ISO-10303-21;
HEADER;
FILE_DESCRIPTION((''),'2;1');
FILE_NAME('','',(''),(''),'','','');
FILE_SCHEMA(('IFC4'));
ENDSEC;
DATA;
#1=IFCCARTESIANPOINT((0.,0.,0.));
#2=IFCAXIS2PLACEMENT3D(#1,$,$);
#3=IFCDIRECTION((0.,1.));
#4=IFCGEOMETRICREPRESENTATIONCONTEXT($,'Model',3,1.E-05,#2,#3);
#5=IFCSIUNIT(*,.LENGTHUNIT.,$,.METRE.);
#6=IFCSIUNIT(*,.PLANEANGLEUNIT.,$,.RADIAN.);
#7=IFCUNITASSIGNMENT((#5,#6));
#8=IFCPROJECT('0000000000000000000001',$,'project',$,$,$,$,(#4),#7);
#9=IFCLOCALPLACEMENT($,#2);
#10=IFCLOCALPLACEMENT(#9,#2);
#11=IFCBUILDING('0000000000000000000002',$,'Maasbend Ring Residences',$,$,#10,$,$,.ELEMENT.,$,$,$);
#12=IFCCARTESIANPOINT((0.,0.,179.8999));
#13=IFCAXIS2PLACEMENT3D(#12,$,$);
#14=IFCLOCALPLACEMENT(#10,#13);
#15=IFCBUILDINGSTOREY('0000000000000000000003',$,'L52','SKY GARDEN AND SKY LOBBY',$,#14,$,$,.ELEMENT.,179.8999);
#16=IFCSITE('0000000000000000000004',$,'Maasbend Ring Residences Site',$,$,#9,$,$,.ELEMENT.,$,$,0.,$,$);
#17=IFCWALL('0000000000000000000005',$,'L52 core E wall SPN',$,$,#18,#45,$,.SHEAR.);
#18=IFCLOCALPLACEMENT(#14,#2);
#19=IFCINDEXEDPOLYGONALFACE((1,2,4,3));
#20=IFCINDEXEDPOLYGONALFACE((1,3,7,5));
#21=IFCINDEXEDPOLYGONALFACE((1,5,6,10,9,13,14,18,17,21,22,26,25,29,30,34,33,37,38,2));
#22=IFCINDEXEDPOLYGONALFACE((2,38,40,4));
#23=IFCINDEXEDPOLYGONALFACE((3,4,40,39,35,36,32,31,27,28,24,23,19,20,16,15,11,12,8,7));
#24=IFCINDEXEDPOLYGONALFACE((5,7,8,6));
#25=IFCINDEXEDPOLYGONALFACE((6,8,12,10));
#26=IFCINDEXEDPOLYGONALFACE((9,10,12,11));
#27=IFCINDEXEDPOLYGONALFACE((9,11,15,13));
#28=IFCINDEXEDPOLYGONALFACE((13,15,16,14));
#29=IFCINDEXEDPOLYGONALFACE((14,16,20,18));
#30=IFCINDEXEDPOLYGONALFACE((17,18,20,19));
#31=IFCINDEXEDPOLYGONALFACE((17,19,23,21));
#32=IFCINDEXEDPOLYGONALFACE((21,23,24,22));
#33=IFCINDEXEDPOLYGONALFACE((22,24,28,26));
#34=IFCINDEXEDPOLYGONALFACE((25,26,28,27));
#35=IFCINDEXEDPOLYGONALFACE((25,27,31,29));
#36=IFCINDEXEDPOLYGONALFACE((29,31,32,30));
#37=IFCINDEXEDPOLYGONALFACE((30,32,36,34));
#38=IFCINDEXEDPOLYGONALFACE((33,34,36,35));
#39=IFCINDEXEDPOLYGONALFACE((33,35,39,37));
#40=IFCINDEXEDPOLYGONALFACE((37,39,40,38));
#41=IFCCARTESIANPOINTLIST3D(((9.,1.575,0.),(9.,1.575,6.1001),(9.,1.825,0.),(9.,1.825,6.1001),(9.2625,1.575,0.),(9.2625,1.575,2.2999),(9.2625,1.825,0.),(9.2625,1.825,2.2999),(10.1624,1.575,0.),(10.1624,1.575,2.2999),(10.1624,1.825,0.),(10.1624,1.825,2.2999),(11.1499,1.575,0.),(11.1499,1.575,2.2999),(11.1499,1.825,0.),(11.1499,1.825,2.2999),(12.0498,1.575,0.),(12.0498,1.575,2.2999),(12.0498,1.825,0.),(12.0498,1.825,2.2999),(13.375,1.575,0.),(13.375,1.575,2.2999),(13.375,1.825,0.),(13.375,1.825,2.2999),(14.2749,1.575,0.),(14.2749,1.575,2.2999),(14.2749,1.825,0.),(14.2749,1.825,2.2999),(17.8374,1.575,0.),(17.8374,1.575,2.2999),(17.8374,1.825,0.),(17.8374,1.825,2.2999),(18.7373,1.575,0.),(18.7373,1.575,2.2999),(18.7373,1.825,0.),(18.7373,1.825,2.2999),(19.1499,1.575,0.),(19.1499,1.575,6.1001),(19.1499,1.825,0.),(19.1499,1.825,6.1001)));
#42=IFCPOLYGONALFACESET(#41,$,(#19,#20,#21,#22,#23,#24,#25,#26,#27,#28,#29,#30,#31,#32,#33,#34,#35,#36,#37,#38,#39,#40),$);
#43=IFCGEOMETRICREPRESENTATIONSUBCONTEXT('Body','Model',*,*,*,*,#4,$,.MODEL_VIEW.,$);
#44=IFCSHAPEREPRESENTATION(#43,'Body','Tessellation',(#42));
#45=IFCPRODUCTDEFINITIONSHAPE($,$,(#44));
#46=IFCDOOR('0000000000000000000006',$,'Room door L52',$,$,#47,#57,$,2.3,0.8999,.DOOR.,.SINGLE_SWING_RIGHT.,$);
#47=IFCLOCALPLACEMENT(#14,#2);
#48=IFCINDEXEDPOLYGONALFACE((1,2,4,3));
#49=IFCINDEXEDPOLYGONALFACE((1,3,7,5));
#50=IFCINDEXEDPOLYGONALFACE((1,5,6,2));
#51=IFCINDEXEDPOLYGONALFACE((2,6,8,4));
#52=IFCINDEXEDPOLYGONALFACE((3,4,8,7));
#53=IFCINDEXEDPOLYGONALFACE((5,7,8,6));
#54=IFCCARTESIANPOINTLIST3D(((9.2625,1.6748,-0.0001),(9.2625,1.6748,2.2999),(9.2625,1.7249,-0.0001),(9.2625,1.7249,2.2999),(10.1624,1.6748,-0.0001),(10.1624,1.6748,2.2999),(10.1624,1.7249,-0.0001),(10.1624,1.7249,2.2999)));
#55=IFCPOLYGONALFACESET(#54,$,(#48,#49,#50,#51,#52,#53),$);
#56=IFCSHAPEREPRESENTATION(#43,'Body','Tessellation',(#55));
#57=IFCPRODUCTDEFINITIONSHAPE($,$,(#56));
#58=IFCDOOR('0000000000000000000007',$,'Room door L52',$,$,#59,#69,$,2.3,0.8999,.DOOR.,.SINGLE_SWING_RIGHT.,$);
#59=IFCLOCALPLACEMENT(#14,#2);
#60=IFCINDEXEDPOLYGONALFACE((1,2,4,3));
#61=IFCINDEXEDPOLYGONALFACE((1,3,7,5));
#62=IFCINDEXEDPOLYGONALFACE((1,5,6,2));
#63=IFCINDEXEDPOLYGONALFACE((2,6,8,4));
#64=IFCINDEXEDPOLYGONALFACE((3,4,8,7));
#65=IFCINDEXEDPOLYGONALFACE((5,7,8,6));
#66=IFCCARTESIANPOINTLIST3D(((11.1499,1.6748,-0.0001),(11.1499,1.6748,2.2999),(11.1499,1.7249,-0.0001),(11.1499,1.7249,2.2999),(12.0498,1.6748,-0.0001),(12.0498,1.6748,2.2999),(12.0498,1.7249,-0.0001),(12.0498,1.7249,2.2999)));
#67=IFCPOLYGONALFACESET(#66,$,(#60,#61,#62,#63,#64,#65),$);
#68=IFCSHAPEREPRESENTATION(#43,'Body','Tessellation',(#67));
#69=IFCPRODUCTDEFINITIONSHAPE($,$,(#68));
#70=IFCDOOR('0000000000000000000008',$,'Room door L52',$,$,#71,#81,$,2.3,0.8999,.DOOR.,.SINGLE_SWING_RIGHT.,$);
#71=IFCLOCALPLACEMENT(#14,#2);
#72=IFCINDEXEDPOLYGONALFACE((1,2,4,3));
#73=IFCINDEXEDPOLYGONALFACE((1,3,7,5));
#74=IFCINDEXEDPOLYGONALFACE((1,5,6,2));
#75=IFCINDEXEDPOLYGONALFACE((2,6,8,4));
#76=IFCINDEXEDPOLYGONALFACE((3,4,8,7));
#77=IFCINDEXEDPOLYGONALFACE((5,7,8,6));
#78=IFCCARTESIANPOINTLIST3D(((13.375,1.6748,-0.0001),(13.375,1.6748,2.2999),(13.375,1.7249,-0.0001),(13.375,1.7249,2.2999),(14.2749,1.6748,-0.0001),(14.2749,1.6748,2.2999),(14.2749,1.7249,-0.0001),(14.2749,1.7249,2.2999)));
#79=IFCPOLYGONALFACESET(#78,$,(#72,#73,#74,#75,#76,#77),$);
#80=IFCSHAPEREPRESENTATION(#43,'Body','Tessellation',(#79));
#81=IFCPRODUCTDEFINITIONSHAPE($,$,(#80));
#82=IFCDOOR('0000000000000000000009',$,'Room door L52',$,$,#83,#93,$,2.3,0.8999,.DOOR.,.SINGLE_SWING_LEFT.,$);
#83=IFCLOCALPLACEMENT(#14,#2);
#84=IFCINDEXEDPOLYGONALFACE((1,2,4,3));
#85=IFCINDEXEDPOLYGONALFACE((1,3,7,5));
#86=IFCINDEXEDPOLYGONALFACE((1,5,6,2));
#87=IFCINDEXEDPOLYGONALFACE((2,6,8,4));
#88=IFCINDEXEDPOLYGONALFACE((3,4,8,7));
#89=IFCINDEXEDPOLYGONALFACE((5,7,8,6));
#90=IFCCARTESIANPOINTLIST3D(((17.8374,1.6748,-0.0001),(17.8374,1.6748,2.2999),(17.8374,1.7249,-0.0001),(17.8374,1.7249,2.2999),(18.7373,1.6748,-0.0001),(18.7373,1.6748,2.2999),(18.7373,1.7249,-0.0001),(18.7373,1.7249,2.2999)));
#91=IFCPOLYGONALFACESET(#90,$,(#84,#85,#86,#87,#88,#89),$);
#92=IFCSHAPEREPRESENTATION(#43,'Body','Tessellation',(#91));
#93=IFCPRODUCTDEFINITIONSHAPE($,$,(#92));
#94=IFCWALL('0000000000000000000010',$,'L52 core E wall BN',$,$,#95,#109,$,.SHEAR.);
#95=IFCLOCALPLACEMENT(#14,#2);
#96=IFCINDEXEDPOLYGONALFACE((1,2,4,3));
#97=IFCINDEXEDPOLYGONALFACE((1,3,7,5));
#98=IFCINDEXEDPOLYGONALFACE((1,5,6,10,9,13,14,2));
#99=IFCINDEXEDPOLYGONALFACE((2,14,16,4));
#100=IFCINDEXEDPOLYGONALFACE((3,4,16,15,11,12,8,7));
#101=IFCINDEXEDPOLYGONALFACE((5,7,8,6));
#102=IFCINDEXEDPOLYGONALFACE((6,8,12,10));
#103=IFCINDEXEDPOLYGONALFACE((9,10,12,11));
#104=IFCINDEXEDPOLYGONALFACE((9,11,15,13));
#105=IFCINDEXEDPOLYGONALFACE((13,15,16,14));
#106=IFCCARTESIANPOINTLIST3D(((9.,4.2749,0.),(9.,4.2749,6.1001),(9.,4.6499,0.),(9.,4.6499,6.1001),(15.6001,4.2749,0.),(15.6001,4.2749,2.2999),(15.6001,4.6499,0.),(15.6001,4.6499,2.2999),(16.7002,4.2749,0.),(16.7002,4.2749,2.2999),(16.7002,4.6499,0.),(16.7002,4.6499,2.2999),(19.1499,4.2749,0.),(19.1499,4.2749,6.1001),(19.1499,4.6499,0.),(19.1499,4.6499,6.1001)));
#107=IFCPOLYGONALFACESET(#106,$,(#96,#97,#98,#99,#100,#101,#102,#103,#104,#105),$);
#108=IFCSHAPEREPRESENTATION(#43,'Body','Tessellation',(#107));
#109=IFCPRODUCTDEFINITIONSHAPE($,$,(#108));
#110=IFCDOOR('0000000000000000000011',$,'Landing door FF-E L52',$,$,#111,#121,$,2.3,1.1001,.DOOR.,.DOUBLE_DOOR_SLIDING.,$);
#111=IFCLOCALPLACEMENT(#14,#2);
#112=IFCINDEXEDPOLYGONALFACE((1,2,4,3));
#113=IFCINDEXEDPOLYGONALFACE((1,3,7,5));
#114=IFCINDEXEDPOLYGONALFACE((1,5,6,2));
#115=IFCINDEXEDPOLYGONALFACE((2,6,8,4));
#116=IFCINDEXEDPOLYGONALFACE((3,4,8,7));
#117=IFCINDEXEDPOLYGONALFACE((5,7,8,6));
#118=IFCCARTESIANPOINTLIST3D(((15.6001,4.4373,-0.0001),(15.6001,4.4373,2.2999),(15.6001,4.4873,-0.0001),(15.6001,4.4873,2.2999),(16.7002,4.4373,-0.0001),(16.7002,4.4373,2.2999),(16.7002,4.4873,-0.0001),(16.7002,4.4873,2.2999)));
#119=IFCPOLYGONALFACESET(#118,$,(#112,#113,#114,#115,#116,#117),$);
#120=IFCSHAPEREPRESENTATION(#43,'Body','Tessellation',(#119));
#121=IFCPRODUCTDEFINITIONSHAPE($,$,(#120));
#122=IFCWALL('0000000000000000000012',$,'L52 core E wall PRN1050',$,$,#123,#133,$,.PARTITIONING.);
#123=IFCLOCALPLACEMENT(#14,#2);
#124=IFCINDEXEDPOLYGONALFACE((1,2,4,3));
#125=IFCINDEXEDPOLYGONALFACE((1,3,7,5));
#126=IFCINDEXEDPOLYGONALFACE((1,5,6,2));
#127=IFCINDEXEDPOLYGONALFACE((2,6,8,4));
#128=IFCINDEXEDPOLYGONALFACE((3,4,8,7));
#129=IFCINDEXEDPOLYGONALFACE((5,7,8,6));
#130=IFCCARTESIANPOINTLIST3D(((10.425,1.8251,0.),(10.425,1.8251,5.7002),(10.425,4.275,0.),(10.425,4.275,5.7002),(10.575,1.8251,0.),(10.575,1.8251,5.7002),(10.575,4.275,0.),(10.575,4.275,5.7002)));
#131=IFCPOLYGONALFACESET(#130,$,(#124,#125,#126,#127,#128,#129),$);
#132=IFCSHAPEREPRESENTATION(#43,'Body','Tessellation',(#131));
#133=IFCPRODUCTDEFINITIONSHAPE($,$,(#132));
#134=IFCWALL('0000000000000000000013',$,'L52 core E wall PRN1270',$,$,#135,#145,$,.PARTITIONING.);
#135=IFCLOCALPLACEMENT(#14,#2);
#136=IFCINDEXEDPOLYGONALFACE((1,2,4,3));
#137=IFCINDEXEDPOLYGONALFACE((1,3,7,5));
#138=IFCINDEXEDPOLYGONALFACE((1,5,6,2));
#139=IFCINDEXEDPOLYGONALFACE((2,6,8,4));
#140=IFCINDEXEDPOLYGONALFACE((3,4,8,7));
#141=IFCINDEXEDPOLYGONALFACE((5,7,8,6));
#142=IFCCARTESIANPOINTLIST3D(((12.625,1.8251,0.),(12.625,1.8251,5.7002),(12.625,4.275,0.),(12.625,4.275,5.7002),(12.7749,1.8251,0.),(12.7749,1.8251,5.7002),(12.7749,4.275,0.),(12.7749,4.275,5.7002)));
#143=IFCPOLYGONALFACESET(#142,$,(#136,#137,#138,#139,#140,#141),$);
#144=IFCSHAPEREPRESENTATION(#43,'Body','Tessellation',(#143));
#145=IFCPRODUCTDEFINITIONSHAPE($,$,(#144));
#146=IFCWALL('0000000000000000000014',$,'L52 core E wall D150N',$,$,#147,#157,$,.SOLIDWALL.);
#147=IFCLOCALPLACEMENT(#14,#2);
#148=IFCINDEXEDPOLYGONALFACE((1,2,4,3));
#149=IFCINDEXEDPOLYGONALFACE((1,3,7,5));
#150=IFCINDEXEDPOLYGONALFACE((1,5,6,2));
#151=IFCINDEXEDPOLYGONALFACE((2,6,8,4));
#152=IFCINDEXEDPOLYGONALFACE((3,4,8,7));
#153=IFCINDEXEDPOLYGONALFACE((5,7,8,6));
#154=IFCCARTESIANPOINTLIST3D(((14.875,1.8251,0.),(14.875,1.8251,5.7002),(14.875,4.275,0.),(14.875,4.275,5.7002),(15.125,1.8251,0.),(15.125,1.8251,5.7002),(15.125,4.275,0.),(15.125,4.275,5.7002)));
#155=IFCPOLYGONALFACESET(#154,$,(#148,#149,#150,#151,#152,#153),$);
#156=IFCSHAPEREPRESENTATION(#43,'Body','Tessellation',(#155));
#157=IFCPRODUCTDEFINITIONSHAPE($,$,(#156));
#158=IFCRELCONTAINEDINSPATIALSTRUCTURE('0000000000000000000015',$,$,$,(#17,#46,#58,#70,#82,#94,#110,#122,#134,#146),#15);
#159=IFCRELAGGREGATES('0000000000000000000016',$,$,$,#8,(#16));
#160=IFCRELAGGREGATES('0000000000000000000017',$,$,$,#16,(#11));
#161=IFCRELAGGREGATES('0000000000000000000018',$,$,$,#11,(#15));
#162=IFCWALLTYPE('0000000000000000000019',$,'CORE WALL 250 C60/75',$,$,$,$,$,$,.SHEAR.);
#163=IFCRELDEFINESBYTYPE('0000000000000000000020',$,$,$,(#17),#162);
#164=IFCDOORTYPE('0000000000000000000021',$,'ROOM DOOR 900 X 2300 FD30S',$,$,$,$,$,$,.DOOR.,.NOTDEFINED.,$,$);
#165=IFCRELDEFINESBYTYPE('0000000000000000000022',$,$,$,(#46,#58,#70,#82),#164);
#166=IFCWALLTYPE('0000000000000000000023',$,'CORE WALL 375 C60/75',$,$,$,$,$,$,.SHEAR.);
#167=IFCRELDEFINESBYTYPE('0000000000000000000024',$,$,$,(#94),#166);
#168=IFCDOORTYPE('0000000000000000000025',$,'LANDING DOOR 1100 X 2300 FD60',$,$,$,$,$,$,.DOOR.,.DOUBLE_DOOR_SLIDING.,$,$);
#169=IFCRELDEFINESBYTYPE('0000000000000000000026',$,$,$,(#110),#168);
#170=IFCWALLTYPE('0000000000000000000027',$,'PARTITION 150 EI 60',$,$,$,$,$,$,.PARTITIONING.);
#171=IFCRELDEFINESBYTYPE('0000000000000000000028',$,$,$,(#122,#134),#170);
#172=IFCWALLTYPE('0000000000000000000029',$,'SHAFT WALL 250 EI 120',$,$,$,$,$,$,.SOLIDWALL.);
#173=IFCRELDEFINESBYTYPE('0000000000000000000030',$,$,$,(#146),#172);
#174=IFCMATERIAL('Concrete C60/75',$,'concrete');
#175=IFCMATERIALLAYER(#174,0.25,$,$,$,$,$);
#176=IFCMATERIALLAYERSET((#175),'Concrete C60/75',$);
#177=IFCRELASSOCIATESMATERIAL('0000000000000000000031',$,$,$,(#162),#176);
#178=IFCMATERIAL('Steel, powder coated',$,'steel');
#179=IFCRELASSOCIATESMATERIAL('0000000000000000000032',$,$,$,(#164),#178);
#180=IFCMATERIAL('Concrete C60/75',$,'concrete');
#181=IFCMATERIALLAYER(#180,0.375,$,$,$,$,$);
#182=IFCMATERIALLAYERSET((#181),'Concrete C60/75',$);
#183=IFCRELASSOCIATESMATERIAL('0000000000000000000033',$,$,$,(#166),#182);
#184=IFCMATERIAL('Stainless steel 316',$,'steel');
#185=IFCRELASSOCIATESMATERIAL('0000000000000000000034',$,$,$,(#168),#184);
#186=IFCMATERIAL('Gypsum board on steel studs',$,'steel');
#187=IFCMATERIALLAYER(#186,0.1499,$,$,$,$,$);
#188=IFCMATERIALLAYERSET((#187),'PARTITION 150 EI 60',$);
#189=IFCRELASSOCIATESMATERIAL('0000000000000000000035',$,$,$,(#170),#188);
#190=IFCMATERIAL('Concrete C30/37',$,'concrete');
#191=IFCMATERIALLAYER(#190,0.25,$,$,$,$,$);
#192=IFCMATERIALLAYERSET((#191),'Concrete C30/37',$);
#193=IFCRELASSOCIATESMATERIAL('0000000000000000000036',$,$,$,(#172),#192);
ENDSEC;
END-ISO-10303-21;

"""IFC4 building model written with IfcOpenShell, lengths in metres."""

from ifc_helpers import new_model, si_unit, direction, frame, frame_2d, origin, place, context, subcontext, project, spatial, rectangle, extrude, material, layer, layer_set, type_object, element, fill, save


model = new_model("IFC4")

# Units and contexts
model_context = context("Model", 3, precision=1e-05, world=origin(), true_north=direction((0.0, 1.0)))
body_context = subcontext(model_context, "Body", "Model", "MODEL_VIEW")
ifc_project = project(units=[si_unit("LENGTHUNIT", "METRE"), si_unit("PLANEANGLEUNIT", "RADIAN")], contexts=[model_context])

# Site, building, storey
site_placement = place(None, origin())
site = spatial("IfcSite", under=ifc_project, at=site_placement, Name="Maasbend Ring Residences Site", CompositionType="ELEMENT", RefElevation=0.0)
building_placement = place(site_placement, origin())
building = spatial("IfcBuilding", under=site, at=building_placement, Name="Maasbend Ring Residences", CompositionType="ELEMENT")
storey_placement = place(building_placement, frame((0.0, 0.0, 179.8999)))
storey = spatial("IfcBuildingStorey", under=building, at=storey_placement, Name="L52", Description="SKY GARDEN AND SKY LOBBY", CompositionType="ELEMENT", Elevation=179.8999)

# Wall, openings, doors
ifc_material_1 = material(Name="Concrete C60/75", Category="concrete")
ifc_layer_1 = layer(ifc_material_1, 0.25)
ifc_layer_set_1 = layer_set([ifc_layer_1], Name="Concrete C60/75")
wall_type_1 = type_object("IfcWallType", Name="CORE WALL 250 C60/75", PredefinedType="SHEAR", material=ifc_layer_set_1)
wall_1_placement = place(storey_placement, frame((9.0, 1.7, 0.0), z_axis=(0.0, 0.0, 1.0), x_axis=(1.0, 0.0, 0.0)))
wall_1 = element("IfcWall", 1, at=wall_1_placement, inside=storey, type_object=wall_type_1, Name="L52 core E wall SPN", PredefinedType="SHEAR", context=body_context, shape_type="SweptSolid", body=[
    extrude(rectangle(XDim=10.1499, YDim=0.25, at=frame_2d((5.075, 0.0))), origin(), (0.0, 0.0, 1.0), 6.1001),
])
opening_1_placement = place(wall_1_placement, frame((0.2625, 0.0, 0.0)))
opening_1 = element("IfcOpeningElement", 2, at=opening_1_placement, cuts=wall_1, PredefinedType="OPENING", context=body_context, shape_type="SweptSolid", body=[
    extrude(rectangle(XDim=0.8999, YDim=2.3, at=frame_2d((0.45, 1.1499))), frame((0.0, 0.135, 0.0), z_axis=(0.0, -1.0, 0.0), x_axis=(1.0, 0.0, 0.0)), (0.0, 0.0, 1.0), 0.27),
])
opening_2_placement = place(wall_1_placement, frame((2.1499, 0.0, 0.0)))
opening_2 = element("IfcOpeningElement", 3, at=opening_2_placement, cuts=wall_1, PredefinedType="OPENING", context=body_context, shape_type="SweptSolid", body=[
    extrude(rectangle(XDim=0.8999, YDim=2.3, at=frame_2d((0.45, 1.1499))), frame((0.0, 0.135, 0.0), z_axis=(0.0, -1.0, 0.0), x_axis=(1.0, 0.0, 0.0)), (0.0, 0.0, 1.0), 0.27),
])
opening_3_placement = place(wall_1_placement, frame((4.375, 0.0, 0.0)))
opening_3 = element("IfcOpeningElement", 4, at=opening_3_placement, cuts=wall_1, PredefinedType="OPENING", context=body_context, shape_type="SweptSolid", body=[
    extrude(rectangle(XDim=0.8999, YDim=2.3, at=frame_2d((0.45, 1.1499))), frame((0.0, 0.135, 0.0), z_axis=(0.0, -1.0, 0.0), x_axis=(1.0, 0.0, 0.0)), (0.0, 0.0, 1.0), 0.27),
])
opening_4_placement = place(wall_1_placement, frame((8.8374, 0.0, 0.0)))
opening_4 = element("IfcOpeningElement", 5, at=opening_4_placement, cuts=wall_1, PredefinedType="OPENING", context=body_context, shape_type="SweptSolid", body=[
    extrude(rectangle(XDim=0.8999, YDim=2.3, at=frame_2d((0.45, 1.1499))), frame((0.0, 0.135, 0.0), z_axis=(0.0, -1.0, 0.0), x_axis=(1.0, 0.0, 0.0)), (0.0, 0.0, 1.0), 0.27),
])
ifc_material_2 = material(Name="Steel, powder coated", Category="steel")
door_type_1 = type_object("IfcDoorType", Name="ROOM DOOR 900 X 2300 FD30S", OperationType="NOTDEFINED", PredefinedType="DOOR", material=ifc_material_2)
door_1_placement = place(opening_1_placement, origin())
door_1 = element("IfcDoor", 6, at=door_1_placement, inside=storey, type_object=door_type_1, Name="Room door L52", OperationType="SINGLE_SWING_RIGHT", OverallHeight=2.3, OverallWidth=0.8999, PredefinedType="DOOR", context=body_context, shape_type="SweptSolid", body=[
    extrude(rectangle(XDim=0.8999, YDim=2.3, at=frame_2d((0.45, 1.1499))), frame((0.0, 0.0249, 0.0), z_axis=(0.0, -1.0, 0.0), x_axis=(1.0, 0.0, 0.0)), (0.0, 0.0, 1.0), 0.05),
])
fill(opening_1, door_1)
door_2_placement = place(opening_2_placement, origin())
door_2 = element("IfcDoor", 7, at=door_2_placement, inside=storey, type_object=door_type_1, Name="Room door L52", OperationType="SINGLE_SWING_RIGHT", OverallHeight=2.3, OverallWidth=0.8999, PredefinedType="DOOR", context=body_context, shape_type="SweptSolid", body=[
    extrude(rectangle(XDim=0.8999, YDim=2.3, at=frame_2d((0.45, 1.1499))), frame((0.0, 0.0249, 0.0), z_axis=(0.0, -1.0, 0.0), x_axis=(1.0, 0.0, 0.0)), (0.0, 0.0, 1.0), 0.05),
])
fill(opening_2, door_2)
door_3_placement = place(opening_3_placement, origin())
door_3 = element("IfcDoor", 8, at=door_3_placement, inside=storey, type_object=door_type_1, Name="Room door L52", OperationType="SINGLE_SWING_RIGHT", OverallHeight=2.3, OverallWidth=0.8999, PredefinedType="DOOR", context=body_context, shape_type="SweptSolid", body=[
    extrude(rectangle(XDim=0.8999, YDim=2.3, at=frame_2d((0.45, 1.1499))), frame((0.0, 0.0249, 0.0), z_axis=(0.0, -1.0, 0.0), x_axis=(1.0, 0.0, 0.0)), (0.0, 0.0, 1.0), 0.05),
])
fill(opening_3, door_3)
door_4_placement = place(opening_4_placement, origin())
door_4 = element("IfcDoor", 9, at=door_4_placement, inside=storey, type_object=door_type_1, Name="Room door L52", OperationType="SINGLE_SWING_LEFT", OverallHeight=2.3, OverallWidth=0.8999, PredefinedType="DOOR", context=body_context, shape_type="SweptSolid", body=[
    extrude(rectangle(XDim=0.8999, YDim=2.3, at=frame_2d((0.45, 1.1499))), frame((0.0, 0.0249, 0.0), z_axis=(0.0, -1.0, 0.0), x_axis=(1.0, 0.0, 0.0)), (0.0, 0.0, 1.0), 0.05),
])
fill(opening_4, door_4)

# Wall, opening, door
ifc_material_3 = material(Name="Concrete C60/75", Category="concrete")
ifc_layer_2 = layer(ifc_material_3, 0.375)
ifc_layer_set_2 = layer_set([ifc_layer_2], Name="Concrete C60/75")
wall_type_2 = type_object("IfcWallType", Name="CORE WALL 375 C60/75", PredefinedType="SHEAR", material=ifc_layer_set_2)
wall_2_placement = place(storey_placement, frame((9.0, 4.4624, 0.0), z_axis=(0.0, 0.0, 1.0), x_axis=(1.0, 0.0, 0.0)))
wall_2 = element("IfcWall", 10, at=wall_2_placement, inside=storey, type_object=wall_type_2, Name="L52 core E wall BN", PredefinedType="SHEAR", context=body_context, shape_type="SweptSolid", body=[
    extrude(rectangle(XDim=10.1499, YDim=0.375, at=frame_2d((5.075, 0.0))), origin(), (0.0, 0.0, 1.0), 6.1001),
])
opening_5_placement = place(wall_2_placement, frame((6.6001, 0.0, 0.0)))
opening_5 = element("IfcOpeningElement", 11, at=opening_5_placement, cuts=wall_2, PredefinedType="OPENING", context=body_context, shape_type="SweptSolid", body=[
    extrude(rectangle(XDim=1.1001, YDim=2.3, at=frame_2d((0.55, 1.1499))), frame((0.0, 0.1975, 0.0), z_axis=(0.0, -1.0, 0.0), x_axis=(1.0, 0.0, 0.0)), (0.0, 0.0, 1.0), 0.395),
])
ifc_material_4 = material(Name="Stainless steel 316", Category="steel")
door_type_2 = type_object("IfcDoorType", Name="LANDING DOOR 1100 X 2300 FD60", OperationType="DOUBLE_DOOR_SLIDING", PredefinedType="DOOR", material=ifc_material_4)
door_5_placement = place(opening_5_placement, origin())
door_5 = element("IfcDoor", 12, at=door_5_placement, inside=storey, type_object=door_type_2, Name="Landing door FF-E L52", OperationType="DOUBLE_DOOR_SLIDING", OverallHeight=2.3, OverallWidth=1.1001, PredefinedType="DOOR", context=body_context, shape_type="SweptSolid", body=[
    extrude(rectangle(XDim=1.1001, YDim=2.3, at=frame_2d((0.55, 1.1499))), frame((0.0, 0.0249, 0.0), z_axis=(0.0, -1.0, 0.0), x_axis=(1.0, 0.0, 0.0)), (0.0, 0.0, 1.0), 0.05),
])
fill(opening_5, door_5)

# Walls
ifc_material_5 = material(Name="Gypsum board on steel studs", Category="steel")
ifc_layer_3 = layer(ifc_material_5, 0.1499)
ifc_layer_set_3 = layer_set([ifc_layer_3], Name="PARTITION 150 EI 60")
wall_type_3 = type_object("IfcWallType", Name="PARTITION 150 EI 60", PredefinedType="PARTITIONING", material=ifc_layer_set_3)
for number, where, z_axis, x_axis, name in (
    (13, (10.5, 1.825, 0.0), (0.0, 0.0, 1.0), (0.0, 1.0, 0.0), "L52 core E wall PRN1050"),
    (14, (12.7, 1.825, 0.0), (0.0, 0.0, 1.0), (0.0, 1.0, 0.0), "L52 core E wall PRN1270"),
):
    element("IfcWall", number, at=place(storey_placement, frame(where, z_axis=z_axis, x_axis=x_axis)), inside=storey, type_object=wall_type_3, Name=name, PredefinedType="PARTITIONING", context=body_context, shape_type="SweptSolid", body=[
        extrude(rectangle(XDim=2.45, YDim=0.1499, at=frame_2d((1.2251, 0.0))), origin(), (0.0, 0.0, 1.0), 5.7002),
    ])
ifc_material_6 = material(Name="Concrete C30/37", Category="concrete")
ifc_layer_4 = layer(ifc_material_6, 0.25)
ifc_layer_set_4 = layer_set([ifc_layer_4], Name="Concrete C30/37")
wall_type_4 = type_object("IfcWallType", Name="SHAFT WALL 250 EI 120", PredefinedType="SOLIDWALL", material=ifc_layer_set_4)
wall_3_placement = place(storey_placement, frame((15.0, 1.825, 0.0), z_axis=(0.0, 0.0, 1.0), x_axis=(0.0, 1.0, 0.0)))
element("IfcWall", 15, at=wall_3_placement, inside=storey, type_object=wall_type_4, Name="L52 core E wall D150N", PredefinedType="SOLIDWALL", context=body_context, shape_type="SweptSolid", body=[
    extrude(rectangle(XDim=2.45, YDim=0.25, at=frame_2d((1.2251, 0.0))), origin(), (0.0, 0.0, 1.0), 5.7002),
])

save(model, "model.ifc")
